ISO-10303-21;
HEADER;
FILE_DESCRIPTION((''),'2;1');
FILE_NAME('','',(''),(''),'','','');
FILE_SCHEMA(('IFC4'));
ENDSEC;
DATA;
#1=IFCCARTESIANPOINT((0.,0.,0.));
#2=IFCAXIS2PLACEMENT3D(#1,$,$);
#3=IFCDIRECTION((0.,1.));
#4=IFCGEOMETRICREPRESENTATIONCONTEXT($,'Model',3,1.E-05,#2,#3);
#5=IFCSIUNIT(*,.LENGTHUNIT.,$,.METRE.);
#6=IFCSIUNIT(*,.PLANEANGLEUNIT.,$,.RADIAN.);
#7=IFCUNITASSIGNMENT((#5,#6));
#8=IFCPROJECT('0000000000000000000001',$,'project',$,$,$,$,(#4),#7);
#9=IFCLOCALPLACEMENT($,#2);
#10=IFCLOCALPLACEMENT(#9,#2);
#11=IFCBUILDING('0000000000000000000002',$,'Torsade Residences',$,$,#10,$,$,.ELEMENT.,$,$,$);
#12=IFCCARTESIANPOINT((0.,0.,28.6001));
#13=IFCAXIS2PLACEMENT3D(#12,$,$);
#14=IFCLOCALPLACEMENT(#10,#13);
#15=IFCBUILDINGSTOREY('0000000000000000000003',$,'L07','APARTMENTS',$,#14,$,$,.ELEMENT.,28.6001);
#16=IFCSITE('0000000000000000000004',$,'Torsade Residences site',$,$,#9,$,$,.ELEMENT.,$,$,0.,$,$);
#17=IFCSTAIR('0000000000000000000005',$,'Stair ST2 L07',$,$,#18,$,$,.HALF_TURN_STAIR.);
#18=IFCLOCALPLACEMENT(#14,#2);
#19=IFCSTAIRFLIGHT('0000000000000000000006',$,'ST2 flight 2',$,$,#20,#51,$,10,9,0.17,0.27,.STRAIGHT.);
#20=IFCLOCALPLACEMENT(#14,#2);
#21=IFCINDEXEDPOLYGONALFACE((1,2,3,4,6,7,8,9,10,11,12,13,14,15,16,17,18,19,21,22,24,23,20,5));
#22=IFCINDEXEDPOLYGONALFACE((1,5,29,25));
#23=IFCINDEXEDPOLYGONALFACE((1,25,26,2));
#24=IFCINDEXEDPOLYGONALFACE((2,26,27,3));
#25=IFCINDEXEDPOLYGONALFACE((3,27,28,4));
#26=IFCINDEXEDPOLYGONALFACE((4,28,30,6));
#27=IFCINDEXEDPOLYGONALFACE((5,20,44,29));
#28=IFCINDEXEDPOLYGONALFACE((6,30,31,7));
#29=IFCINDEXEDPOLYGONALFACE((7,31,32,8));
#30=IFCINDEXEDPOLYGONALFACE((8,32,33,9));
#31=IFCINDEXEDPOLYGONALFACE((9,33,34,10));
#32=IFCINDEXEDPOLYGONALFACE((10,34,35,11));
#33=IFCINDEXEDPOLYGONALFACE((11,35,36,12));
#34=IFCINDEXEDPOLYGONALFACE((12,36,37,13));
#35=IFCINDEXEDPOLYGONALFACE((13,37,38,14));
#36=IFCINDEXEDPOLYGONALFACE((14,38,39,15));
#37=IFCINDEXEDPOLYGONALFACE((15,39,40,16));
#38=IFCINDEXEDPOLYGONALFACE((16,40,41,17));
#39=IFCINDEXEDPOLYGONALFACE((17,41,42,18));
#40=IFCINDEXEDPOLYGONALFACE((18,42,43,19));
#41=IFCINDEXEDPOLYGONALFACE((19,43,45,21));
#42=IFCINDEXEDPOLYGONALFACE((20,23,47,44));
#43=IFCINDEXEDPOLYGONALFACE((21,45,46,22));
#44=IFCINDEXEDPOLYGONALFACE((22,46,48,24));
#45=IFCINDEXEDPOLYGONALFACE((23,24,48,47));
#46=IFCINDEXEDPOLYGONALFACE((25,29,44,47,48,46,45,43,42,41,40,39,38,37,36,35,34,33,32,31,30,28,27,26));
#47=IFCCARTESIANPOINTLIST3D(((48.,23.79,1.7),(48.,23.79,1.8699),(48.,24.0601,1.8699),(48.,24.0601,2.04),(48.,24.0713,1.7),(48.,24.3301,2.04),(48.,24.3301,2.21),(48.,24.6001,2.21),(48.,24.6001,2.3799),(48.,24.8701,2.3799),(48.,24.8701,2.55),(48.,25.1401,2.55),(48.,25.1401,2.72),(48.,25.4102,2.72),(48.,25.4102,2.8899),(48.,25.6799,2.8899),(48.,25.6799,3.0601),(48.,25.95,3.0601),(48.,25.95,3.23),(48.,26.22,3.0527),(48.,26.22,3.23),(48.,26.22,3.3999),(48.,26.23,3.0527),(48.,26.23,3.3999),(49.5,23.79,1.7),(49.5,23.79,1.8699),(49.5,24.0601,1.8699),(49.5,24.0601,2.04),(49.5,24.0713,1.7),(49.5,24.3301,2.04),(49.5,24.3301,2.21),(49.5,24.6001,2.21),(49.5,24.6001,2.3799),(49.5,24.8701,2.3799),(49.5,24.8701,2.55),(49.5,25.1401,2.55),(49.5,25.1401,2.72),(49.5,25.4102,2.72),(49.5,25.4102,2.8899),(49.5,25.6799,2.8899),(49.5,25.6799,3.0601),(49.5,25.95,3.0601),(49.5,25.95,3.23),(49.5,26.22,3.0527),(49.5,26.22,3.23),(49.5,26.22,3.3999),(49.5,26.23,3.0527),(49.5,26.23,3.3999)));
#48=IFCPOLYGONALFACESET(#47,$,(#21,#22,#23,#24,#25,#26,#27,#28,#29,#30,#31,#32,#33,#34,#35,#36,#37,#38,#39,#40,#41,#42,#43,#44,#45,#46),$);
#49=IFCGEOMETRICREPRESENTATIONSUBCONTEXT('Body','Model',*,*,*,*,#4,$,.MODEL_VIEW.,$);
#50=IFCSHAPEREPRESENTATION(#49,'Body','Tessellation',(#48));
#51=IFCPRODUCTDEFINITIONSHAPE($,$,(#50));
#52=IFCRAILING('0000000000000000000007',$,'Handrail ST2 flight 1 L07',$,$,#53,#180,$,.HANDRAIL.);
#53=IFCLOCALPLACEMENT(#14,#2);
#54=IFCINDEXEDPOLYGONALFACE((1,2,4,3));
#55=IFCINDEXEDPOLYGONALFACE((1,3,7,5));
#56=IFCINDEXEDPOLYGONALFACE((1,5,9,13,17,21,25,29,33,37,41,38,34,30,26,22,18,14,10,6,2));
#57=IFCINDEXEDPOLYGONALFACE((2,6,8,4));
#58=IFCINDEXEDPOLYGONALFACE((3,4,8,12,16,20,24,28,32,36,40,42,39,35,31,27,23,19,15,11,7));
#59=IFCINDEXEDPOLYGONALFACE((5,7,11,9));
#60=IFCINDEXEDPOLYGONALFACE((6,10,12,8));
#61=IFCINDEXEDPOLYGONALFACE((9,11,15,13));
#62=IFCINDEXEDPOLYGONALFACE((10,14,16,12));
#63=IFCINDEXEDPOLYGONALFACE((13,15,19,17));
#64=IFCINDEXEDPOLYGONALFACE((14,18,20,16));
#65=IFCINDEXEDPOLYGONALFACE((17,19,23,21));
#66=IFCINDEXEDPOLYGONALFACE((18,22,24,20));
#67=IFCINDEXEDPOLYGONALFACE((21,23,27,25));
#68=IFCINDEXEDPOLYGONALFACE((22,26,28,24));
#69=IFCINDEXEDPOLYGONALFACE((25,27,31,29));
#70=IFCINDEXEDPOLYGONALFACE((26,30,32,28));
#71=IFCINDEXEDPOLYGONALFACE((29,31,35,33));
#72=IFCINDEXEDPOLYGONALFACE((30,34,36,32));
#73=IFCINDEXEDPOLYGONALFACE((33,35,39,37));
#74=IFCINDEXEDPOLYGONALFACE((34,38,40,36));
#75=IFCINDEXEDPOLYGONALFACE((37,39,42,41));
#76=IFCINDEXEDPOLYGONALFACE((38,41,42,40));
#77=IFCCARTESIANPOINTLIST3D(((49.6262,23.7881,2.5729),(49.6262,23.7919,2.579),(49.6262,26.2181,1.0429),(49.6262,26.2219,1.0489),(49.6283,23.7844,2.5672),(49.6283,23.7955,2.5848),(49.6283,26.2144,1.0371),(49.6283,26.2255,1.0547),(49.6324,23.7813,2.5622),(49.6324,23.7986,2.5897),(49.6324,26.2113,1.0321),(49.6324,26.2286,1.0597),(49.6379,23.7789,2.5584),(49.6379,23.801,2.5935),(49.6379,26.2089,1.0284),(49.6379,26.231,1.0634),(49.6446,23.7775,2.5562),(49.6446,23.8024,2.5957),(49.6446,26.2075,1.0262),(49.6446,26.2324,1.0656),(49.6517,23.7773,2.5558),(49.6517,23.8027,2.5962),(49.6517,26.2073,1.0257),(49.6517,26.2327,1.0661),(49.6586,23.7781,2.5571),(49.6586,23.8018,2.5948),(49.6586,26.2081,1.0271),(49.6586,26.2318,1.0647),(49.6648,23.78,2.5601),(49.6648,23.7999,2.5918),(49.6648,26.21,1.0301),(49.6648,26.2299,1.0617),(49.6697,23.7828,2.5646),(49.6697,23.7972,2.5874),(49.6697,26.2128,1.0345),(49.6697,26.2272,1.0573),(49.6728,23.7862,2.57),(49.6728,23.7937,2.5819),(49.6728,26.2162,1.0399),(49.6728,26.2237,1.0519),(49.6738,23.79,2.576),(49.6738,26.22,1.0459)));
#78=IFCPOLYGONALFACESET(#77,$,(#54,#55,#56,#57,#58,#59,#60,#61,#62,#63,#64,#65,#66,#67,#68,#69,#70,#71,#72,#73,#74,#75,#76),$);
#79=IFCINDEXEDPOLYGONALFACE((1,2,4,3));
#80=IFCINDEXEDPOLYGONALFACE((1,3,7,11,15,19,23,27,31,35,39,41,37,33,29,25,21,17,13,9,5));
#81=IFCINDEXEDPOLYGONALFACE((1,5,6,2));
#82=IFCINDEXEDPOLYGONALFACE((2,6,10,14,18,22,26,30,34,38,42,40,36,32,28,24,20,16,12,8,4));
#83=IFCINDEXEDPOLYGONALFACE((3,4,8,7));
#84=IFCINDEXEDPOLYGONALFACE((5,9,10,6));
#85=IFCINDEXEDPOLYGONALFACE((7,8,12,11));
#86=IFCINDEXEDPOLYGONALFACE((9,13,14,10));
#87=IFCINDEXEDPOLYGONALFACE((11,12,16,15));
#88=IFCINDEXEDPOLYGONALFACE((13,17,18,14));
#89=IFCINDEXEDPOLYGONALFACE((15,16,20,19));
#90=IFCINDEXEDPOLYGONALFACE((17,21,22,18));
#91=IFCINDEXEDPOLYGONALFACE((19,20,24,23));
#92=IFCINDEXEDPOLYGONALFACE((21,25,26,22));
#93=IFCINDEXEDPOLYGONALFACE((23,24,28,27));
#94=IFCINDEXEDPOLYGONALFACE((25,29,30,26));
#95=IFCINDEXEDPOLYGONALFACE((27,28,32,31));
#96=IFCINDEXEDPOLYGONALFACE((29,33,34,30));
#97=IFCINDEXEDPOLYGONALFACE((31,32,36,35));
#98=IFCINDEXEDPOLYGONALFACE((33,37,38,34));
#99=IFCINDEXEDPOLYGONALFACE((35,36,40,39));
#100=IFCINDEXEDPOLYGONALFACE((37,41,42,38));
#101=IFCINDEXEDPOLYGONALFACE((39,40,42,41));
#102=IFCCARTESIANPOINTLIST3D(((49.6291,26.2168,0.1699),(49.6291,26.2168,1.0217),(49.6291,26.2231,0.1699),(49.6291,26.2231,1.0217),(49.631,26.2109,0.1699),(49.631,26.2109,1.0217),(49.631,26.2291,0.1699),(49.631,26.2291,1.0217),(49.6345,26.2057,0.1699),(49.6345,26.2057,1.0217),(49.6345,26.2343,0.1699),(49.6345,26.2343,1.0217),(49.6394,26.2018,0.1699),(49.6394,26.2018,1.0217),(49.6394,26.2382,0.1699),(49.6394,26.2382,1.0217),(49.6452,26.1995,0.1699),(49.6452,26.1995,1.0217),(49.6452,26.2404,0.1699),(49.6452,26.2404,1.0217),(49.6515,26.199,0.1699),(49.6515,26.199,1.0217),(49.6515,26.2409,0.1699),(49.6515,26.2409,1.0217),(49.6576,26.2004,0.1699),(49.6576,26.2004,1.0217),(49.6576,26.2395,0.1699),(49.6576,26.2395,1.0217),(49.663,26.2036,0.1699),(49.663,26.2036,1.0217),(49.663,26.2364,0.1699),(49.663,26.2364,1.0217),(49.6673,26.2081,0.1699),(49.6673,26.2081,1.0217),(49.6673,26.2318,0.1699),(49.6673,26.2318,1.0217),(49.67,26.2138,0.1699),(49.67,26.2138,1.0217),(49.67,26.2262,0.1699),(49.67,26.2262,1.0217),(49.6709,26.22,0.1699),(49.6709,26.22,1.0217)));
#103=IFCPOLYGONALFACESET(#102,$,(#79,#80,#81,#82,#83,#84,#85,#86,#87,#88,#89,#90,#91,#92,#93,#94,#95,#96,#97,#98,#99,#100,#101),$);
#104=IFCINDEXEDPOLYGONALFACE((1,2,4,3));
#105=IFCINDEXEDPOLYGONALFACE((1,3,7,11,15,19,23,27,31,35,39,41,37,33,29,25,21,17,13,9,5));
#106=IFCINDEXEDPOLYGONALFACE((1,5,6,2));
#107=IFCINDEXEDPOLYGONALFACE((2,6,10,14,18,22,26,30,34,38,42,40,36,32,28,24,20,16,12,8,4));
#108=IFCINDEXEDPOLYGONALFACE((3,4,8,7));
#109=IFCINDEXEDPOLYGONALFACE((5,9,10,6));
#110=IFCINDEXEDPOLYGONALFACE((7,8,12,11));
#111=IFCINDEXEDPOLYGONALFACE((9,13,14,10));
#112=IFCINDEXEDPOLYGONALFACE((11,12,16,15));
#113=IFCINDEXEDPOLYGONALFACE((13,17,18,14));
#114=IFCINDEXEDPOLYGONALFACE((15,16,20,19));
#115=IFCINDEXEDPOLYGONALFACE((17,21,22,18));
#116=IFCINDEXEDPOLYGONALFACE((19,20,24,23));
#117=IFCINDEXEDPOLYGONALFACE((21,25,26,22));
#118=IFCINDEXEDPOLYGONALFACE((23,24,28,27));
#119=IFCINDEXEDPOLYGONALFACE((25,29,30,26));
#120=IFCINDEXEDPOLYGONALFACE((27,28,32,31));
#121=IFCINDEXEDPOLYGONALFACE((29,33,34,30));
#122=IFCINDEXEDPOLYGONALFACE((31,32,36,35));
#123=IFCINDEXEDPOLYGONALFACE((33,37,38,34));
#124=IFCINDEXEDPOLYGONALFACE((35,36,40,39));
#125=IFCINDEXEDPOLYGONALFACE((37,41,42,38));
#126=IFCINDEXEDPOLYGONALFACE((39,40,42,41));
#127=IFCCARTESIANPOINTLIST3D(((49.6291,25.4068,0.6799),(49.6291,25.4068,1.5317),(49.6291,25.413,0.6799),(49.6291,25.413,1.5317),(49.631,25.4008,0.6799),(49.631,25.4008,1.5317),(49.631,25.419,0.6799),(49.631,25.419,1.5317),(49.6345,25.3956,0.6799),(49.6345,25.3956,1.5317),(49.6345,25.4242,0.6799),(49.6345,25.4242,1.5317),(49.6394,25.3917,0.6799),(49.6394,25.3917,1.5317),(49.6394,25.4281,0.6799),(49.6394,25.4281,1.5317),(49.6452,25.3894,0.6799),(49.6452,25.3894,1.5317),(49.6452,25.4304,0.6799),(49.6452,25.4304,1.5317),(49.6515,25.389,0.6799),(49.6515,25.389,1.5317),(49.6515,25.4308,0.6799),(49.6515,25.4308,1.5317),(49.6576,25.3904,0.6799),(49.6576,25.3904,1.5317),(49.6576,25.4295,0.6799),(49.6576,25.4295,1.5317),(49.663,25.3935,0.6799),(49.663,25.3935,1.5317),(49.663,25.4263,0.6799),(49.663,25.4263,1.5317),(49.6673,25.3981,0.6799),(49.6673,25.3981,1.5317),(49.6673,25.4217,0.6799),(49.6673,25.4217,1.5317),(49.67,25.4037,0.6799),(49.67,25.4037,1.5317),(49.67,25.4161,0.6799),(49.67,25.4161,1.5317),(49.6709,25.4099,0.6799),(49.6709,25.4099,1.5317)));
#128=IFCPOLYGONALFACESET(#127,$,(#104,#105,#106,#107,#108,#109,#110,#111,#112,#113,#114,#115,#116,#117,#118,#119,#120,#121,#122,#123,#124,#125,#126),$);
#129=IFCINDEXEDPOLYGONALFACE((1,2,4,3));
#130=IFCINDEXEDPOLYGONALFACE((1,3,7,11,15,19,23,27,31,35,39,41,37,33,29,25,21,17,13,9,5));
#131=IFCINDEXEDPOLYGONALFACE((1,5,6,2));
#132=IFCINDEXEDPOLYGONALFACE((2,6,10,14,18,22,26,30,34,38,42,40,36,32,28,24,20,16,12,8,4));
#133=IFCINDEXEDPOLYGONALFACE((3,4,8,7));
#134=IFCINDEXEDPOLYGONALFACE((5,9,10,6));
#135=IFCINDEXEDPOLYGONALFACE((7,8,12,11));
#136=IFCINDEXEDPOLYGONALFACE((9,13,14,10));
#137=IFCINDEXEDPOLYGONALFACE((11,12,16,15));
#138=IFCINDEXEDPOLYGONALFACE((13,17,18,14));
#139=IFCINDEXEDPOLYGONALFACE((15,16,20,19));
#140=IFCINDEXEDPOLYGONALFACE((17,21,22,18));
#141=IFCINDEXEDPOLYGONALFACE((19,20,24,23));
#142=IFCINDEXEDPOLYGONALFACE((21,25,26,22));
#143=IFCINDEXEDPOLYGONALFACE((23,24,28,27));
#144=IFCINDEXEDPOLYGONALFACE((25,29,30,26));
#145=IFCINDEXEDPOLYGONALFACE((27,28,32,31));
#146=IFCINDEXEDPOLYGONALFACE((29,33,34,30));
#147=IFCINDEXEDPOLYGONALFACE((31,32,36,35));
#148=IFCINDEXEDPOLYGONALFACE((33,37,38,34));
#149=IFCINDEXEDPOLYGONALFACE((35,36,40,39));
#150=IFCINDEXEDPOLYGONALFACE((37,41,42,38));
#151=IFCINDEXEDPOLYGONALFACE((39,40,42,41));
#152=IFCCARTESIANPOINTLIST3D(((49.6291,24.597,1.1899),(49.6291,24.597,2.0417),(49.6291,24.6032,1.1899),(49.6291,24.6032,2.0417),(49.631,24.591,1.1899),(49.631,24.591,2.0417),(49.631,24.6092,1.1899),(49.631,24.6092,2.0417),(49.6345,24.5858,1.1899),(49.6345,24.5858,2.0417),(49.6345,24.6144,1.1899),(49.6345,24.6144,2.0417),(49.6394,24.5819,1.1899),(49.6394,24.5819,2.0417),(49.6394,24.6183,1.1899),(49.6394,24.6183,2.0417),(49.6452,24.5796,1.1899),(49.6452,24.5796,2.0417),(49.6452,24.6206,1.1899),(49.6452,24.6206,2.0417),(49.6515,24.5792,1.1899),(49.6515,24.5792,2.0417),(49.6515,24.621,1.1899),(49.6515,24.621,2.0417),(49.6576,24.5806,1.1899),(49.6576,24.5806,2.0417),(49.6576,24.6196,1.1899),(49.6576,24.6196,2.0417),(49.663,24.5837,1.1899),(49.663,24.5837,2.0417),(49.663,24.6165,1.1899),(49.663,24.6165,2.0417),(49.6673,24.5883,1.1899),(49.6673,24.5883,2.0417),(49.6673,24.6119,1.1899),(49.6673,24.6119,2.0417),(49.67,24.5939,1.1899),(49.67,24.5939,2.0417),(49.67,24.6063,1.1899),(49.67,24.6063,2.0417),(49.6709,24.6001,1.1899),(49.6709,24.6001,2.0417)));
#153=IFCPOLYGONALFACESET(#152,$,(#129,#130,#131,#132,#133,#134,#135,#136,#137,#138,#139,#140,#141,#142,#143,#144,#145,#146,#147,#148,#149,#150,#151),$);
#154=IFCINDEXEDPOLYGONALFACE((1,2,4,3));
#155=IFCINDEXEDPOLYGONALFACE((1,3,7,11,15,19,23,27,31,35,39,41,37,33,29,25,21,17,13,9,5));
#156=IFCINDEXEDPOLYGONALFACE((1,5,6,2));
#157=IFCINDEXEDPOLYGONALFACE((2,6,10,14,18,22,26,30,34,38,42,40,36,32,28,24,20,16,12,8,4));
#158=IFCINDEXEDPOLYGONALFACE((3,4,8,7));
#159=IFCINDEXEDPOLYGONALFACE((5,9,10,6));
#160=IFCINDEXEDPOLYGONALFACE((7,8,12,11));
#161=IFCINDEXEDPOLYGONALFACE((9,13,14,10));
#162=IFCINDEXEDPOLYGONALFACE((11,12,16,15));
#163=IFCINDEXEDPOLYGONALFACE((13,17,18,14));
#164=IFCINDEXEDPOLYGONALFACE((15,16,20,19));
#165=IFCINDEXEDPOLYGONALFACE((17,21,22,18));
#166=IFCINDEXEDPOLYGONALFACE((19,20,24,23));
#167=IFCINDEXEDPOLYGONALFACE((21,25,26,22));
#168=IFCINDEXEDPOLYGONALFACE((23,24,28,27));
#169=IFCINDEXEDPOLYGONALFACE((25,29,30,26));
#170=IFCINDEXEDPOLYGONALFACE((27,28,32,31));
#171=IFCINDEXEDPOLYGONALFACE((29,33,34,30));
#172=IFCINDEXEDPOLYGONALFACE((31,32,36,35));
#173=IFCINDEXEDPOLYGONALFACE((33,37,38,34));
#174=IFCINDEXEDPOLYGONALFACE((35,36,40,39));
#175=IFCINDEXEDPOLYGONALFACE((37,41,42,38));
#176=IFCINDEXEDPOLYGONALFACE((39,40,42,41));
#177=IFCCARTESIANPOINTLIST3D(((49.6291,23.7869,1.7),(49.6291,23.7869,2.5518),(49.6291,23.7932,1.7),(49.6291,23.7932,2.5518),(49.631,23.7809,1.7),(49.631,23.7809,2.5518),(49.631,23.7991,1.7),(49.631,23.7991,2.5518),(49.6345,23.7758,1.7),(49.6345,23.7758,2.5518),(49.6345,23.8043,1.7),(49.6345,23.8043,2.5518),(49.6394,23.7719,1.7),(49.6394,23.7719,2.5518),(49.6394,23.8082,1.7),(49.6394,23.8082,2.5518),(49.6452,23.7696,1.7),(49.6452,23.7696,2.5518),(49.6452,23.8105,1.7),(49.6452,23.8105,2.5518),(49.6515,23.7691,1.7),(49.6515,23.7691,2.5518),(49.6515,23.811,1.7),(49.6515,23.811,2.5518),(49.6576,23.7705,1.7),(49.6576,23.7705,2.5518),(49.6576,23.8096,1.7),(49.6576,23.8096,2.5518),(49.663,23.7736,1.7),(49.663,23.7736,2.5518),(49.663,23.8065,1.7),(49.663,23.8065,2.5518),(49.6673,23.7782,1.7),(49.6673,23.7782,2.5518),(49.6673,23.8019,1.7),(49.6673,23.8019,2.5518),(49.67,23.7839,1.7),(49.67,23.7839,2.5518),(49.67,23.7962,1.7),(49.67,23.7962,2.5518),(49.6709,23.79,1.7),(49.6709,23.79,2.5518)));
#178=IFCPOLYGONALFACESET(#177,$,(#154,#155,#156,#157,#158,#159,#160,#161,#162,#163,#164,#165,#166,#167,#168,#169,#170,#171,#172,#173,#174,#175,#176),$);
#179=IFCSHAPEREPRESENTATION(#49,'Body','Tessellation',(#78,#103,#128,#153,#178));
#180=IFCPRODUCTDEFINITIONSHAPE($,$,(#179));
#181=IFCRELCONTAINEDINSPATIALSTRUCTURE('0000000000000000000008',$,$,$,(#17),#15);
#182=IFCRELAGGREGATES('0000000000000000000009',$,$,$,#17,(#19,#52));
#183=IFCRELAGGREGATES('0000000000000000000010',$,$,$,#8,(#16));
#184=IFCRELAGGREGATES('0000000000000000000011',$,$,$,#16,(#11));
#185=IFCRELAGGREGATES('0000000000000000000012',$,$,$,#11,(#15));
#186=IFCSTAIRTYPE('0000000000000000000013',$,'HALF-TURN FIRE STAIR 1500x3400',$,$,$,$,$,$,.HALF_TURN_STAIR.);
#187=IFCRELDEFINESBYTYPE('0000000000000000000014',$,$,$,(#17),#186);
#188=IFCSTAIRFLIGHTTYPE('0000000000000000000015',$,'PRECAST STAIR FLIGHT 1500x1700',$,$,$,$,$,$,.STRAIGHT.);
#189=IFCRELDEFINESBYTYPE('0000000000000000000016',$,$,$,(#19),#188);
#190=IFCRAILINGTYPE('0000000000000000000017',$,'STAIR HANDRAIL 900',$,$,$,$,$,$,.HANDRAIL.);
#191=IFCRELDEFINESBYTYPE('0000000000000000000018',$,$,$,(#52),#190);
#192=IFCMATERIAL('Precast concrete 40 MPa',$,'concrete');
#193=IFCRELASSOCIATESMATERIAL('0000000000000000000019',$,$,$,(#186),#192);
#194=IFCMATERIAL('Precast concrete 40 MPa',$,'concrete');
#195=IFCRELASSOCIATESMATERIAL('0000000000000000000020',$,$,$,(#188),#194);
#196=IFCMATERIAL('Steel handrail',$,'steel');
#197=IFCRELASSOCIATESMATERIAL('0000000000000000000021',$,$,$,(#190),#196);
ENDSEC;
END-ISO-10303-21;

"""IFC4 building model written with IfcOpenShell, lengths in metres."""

from ifc_helpers import new_model, si_unit, direction, frame, origin, origin_2d, place, context, subcontext, project, spatial, polyline, circle, outline, extrude, material, type_object, element, aggregate, save


model = new_model("IFC4")

# Units and contexts
model_context = context("Model", 3, precision=1e-05, world=origin(), true_north=direction((0.0, 1.0)))
body_context = subcontext(model_context, "Body", "Model", "MODEL_VIEW")
ifc_project = project(units=[si_unit("LENGTHUNIT", "METRE"), si_unit("PLANEANGLEUNIT", "RADIAN")], contexts=[model_context])

# Site, building, storey
site_placement = place(None, origin())
site = spatial("IfcSite", under=ifc_project, at=site_placement, Name="Torsade Residences site", CompositionType="ELEMENT", RefElevation=0.0)
building_placement = place(site_placement, origin())
building = spatial("IfcBuilding", under=site, at=building_placement, Name="Torsade Residences", CompositionType="ELEMENT")
storey_placement = place(building_placement, frame((0.0, 0.0, 28.6001)))
storey = spatial("IfcBuildingStorey", under=building, at=storey_placement, Name="L07", Description="APARTMENTS", CompositionType="ELEMENT", Elevation=28.6001)

# Stair, stair flight, railing
ifc_material_1 = material(Name="Precast concrete 40 MPa", Category="concrete")
stair_type = type_object("IfcStairType", Name="HALF-TURN FIRE STAIR 1500x3400", PredefinedType="HALF_TURN_STAIR", material=ifc_material_1)
stair_placement = place(storey_placement, origin())
stair = element("IfcStair", 1, at=stair_placement, inside=storey, type_object=stair_type, Name="Stair ST2 L07", PredefinedType="HALF_TURN_STAIR")
ifc_material_2 = material(Name="Precast concrete 40 MPa", Category="concrete")
stair_flight_type = type_object("IfcStairFlightType", Name="PRECAST STAIR FLIGHT 1500x1700", PredefinedType="STRAIGHT", material=ifc_material_2)
stair_flight_1_placement = place(storey_placement, frame((48.75, 23.79, 1.7), z_axis=(0.0, 0.0, 1.0), x_axis=(0.0, 1.0, 0.0)))
stair_flight_1 = element("IfcStairFlight", 2, at=stair_flight_1_placement, type_object=stair_flight_type, Name="ST2 flight 2", NumberOfRisers=10, NumberOfTreads=9, PredefinedType="STRAIGHT", RiserHeight=0.17, TreadLength=0.27, context=body_context, shape_type="SweptSolid", body=[
    extrude(outline(polyline([(0.0, 0.0), (0.0, 0.1699), (0.27, 0.1699), (0.27, 0.3401), (0.54, 0.3401), (0.54, 0.51), (0.8101, 0.51), (0.8101, 0.6799), (1.0801, 0.6799), (1.0801, 0.8501), (1.3501, 0.8501), (1.3501, 1.02), (1.6201, 1.02), (1.6201, 1.1899), (1.8899, 1.1899), (1.8899, 1.3601), (2.1599, 1.3601), (2.1599, 1.53), (2.4299, 1.53), (2.4299, 1.7), (2.4399, 1.7), (2.4399, 1.3528), (2.4299, 1.3528), (0.2812, 0.0), (0.0, 0.0)])), frame((0.0, 0.75, 0.0), z_axis=(0.0, -1.0, 0.0), x_axis=(1.0, 0.0, 0.0)), (0.0, 0.0, 1.0), 1.5),
])
ifc_material_3 = material(Name="Steel handrail", Category="steel")
railing_type = type_object("IfcRailingType", Name="STAIR HANDRAIL 900", PredefinedType="HANDRAIL", material=ifc_material_3)
railing_1_placement = place(storey_placement, frame((49.6499, 26.22, 0.1699)))
railing_1 = element("IfcRailing", 3, at=railing_1_placement, type_object=railing_type, Name="Handrail ST2 flight 1 L07", PredefinedType="HANDRAIL", context=body_context, shape_type="SweptSolid", body=[
    extrude(circle(Radius=0.0239, at=origin_2d()), frame((0.0, 0.0, 0.876), z_axis=(0.0, -0.846221, 0.532831), x_axis=(1.0, 0.0, 0.0)), (0.0, 0.0, 1.0), 2.8716),
    extrude(circle(Radius=0.021, at=origin_2d()), origin(), (0.0, 0.0, 1.0), 0.8518),
    extrude(circle(Radius=0.021, at=origin_2d()), frame((0.0, -0.8101, 0.51)), (0.0, 0.0, 1.0), 0.8518),
    extrude(circle(Radius=0.021, at=origin_2d()), frame((0.0, -1.6199, 1.02)), (0.0, 0.0, 1.0), 0.8518),
    extrude(circle(Radius=0.021, at=origin_2d()), frame((0.0, -2.4299, 1.53)), (0.0, 0.0, 1.0), 0.8518),
])
aggregate(stair, [stair_flight_1, railing_1])

save(model, "model.ifc")
